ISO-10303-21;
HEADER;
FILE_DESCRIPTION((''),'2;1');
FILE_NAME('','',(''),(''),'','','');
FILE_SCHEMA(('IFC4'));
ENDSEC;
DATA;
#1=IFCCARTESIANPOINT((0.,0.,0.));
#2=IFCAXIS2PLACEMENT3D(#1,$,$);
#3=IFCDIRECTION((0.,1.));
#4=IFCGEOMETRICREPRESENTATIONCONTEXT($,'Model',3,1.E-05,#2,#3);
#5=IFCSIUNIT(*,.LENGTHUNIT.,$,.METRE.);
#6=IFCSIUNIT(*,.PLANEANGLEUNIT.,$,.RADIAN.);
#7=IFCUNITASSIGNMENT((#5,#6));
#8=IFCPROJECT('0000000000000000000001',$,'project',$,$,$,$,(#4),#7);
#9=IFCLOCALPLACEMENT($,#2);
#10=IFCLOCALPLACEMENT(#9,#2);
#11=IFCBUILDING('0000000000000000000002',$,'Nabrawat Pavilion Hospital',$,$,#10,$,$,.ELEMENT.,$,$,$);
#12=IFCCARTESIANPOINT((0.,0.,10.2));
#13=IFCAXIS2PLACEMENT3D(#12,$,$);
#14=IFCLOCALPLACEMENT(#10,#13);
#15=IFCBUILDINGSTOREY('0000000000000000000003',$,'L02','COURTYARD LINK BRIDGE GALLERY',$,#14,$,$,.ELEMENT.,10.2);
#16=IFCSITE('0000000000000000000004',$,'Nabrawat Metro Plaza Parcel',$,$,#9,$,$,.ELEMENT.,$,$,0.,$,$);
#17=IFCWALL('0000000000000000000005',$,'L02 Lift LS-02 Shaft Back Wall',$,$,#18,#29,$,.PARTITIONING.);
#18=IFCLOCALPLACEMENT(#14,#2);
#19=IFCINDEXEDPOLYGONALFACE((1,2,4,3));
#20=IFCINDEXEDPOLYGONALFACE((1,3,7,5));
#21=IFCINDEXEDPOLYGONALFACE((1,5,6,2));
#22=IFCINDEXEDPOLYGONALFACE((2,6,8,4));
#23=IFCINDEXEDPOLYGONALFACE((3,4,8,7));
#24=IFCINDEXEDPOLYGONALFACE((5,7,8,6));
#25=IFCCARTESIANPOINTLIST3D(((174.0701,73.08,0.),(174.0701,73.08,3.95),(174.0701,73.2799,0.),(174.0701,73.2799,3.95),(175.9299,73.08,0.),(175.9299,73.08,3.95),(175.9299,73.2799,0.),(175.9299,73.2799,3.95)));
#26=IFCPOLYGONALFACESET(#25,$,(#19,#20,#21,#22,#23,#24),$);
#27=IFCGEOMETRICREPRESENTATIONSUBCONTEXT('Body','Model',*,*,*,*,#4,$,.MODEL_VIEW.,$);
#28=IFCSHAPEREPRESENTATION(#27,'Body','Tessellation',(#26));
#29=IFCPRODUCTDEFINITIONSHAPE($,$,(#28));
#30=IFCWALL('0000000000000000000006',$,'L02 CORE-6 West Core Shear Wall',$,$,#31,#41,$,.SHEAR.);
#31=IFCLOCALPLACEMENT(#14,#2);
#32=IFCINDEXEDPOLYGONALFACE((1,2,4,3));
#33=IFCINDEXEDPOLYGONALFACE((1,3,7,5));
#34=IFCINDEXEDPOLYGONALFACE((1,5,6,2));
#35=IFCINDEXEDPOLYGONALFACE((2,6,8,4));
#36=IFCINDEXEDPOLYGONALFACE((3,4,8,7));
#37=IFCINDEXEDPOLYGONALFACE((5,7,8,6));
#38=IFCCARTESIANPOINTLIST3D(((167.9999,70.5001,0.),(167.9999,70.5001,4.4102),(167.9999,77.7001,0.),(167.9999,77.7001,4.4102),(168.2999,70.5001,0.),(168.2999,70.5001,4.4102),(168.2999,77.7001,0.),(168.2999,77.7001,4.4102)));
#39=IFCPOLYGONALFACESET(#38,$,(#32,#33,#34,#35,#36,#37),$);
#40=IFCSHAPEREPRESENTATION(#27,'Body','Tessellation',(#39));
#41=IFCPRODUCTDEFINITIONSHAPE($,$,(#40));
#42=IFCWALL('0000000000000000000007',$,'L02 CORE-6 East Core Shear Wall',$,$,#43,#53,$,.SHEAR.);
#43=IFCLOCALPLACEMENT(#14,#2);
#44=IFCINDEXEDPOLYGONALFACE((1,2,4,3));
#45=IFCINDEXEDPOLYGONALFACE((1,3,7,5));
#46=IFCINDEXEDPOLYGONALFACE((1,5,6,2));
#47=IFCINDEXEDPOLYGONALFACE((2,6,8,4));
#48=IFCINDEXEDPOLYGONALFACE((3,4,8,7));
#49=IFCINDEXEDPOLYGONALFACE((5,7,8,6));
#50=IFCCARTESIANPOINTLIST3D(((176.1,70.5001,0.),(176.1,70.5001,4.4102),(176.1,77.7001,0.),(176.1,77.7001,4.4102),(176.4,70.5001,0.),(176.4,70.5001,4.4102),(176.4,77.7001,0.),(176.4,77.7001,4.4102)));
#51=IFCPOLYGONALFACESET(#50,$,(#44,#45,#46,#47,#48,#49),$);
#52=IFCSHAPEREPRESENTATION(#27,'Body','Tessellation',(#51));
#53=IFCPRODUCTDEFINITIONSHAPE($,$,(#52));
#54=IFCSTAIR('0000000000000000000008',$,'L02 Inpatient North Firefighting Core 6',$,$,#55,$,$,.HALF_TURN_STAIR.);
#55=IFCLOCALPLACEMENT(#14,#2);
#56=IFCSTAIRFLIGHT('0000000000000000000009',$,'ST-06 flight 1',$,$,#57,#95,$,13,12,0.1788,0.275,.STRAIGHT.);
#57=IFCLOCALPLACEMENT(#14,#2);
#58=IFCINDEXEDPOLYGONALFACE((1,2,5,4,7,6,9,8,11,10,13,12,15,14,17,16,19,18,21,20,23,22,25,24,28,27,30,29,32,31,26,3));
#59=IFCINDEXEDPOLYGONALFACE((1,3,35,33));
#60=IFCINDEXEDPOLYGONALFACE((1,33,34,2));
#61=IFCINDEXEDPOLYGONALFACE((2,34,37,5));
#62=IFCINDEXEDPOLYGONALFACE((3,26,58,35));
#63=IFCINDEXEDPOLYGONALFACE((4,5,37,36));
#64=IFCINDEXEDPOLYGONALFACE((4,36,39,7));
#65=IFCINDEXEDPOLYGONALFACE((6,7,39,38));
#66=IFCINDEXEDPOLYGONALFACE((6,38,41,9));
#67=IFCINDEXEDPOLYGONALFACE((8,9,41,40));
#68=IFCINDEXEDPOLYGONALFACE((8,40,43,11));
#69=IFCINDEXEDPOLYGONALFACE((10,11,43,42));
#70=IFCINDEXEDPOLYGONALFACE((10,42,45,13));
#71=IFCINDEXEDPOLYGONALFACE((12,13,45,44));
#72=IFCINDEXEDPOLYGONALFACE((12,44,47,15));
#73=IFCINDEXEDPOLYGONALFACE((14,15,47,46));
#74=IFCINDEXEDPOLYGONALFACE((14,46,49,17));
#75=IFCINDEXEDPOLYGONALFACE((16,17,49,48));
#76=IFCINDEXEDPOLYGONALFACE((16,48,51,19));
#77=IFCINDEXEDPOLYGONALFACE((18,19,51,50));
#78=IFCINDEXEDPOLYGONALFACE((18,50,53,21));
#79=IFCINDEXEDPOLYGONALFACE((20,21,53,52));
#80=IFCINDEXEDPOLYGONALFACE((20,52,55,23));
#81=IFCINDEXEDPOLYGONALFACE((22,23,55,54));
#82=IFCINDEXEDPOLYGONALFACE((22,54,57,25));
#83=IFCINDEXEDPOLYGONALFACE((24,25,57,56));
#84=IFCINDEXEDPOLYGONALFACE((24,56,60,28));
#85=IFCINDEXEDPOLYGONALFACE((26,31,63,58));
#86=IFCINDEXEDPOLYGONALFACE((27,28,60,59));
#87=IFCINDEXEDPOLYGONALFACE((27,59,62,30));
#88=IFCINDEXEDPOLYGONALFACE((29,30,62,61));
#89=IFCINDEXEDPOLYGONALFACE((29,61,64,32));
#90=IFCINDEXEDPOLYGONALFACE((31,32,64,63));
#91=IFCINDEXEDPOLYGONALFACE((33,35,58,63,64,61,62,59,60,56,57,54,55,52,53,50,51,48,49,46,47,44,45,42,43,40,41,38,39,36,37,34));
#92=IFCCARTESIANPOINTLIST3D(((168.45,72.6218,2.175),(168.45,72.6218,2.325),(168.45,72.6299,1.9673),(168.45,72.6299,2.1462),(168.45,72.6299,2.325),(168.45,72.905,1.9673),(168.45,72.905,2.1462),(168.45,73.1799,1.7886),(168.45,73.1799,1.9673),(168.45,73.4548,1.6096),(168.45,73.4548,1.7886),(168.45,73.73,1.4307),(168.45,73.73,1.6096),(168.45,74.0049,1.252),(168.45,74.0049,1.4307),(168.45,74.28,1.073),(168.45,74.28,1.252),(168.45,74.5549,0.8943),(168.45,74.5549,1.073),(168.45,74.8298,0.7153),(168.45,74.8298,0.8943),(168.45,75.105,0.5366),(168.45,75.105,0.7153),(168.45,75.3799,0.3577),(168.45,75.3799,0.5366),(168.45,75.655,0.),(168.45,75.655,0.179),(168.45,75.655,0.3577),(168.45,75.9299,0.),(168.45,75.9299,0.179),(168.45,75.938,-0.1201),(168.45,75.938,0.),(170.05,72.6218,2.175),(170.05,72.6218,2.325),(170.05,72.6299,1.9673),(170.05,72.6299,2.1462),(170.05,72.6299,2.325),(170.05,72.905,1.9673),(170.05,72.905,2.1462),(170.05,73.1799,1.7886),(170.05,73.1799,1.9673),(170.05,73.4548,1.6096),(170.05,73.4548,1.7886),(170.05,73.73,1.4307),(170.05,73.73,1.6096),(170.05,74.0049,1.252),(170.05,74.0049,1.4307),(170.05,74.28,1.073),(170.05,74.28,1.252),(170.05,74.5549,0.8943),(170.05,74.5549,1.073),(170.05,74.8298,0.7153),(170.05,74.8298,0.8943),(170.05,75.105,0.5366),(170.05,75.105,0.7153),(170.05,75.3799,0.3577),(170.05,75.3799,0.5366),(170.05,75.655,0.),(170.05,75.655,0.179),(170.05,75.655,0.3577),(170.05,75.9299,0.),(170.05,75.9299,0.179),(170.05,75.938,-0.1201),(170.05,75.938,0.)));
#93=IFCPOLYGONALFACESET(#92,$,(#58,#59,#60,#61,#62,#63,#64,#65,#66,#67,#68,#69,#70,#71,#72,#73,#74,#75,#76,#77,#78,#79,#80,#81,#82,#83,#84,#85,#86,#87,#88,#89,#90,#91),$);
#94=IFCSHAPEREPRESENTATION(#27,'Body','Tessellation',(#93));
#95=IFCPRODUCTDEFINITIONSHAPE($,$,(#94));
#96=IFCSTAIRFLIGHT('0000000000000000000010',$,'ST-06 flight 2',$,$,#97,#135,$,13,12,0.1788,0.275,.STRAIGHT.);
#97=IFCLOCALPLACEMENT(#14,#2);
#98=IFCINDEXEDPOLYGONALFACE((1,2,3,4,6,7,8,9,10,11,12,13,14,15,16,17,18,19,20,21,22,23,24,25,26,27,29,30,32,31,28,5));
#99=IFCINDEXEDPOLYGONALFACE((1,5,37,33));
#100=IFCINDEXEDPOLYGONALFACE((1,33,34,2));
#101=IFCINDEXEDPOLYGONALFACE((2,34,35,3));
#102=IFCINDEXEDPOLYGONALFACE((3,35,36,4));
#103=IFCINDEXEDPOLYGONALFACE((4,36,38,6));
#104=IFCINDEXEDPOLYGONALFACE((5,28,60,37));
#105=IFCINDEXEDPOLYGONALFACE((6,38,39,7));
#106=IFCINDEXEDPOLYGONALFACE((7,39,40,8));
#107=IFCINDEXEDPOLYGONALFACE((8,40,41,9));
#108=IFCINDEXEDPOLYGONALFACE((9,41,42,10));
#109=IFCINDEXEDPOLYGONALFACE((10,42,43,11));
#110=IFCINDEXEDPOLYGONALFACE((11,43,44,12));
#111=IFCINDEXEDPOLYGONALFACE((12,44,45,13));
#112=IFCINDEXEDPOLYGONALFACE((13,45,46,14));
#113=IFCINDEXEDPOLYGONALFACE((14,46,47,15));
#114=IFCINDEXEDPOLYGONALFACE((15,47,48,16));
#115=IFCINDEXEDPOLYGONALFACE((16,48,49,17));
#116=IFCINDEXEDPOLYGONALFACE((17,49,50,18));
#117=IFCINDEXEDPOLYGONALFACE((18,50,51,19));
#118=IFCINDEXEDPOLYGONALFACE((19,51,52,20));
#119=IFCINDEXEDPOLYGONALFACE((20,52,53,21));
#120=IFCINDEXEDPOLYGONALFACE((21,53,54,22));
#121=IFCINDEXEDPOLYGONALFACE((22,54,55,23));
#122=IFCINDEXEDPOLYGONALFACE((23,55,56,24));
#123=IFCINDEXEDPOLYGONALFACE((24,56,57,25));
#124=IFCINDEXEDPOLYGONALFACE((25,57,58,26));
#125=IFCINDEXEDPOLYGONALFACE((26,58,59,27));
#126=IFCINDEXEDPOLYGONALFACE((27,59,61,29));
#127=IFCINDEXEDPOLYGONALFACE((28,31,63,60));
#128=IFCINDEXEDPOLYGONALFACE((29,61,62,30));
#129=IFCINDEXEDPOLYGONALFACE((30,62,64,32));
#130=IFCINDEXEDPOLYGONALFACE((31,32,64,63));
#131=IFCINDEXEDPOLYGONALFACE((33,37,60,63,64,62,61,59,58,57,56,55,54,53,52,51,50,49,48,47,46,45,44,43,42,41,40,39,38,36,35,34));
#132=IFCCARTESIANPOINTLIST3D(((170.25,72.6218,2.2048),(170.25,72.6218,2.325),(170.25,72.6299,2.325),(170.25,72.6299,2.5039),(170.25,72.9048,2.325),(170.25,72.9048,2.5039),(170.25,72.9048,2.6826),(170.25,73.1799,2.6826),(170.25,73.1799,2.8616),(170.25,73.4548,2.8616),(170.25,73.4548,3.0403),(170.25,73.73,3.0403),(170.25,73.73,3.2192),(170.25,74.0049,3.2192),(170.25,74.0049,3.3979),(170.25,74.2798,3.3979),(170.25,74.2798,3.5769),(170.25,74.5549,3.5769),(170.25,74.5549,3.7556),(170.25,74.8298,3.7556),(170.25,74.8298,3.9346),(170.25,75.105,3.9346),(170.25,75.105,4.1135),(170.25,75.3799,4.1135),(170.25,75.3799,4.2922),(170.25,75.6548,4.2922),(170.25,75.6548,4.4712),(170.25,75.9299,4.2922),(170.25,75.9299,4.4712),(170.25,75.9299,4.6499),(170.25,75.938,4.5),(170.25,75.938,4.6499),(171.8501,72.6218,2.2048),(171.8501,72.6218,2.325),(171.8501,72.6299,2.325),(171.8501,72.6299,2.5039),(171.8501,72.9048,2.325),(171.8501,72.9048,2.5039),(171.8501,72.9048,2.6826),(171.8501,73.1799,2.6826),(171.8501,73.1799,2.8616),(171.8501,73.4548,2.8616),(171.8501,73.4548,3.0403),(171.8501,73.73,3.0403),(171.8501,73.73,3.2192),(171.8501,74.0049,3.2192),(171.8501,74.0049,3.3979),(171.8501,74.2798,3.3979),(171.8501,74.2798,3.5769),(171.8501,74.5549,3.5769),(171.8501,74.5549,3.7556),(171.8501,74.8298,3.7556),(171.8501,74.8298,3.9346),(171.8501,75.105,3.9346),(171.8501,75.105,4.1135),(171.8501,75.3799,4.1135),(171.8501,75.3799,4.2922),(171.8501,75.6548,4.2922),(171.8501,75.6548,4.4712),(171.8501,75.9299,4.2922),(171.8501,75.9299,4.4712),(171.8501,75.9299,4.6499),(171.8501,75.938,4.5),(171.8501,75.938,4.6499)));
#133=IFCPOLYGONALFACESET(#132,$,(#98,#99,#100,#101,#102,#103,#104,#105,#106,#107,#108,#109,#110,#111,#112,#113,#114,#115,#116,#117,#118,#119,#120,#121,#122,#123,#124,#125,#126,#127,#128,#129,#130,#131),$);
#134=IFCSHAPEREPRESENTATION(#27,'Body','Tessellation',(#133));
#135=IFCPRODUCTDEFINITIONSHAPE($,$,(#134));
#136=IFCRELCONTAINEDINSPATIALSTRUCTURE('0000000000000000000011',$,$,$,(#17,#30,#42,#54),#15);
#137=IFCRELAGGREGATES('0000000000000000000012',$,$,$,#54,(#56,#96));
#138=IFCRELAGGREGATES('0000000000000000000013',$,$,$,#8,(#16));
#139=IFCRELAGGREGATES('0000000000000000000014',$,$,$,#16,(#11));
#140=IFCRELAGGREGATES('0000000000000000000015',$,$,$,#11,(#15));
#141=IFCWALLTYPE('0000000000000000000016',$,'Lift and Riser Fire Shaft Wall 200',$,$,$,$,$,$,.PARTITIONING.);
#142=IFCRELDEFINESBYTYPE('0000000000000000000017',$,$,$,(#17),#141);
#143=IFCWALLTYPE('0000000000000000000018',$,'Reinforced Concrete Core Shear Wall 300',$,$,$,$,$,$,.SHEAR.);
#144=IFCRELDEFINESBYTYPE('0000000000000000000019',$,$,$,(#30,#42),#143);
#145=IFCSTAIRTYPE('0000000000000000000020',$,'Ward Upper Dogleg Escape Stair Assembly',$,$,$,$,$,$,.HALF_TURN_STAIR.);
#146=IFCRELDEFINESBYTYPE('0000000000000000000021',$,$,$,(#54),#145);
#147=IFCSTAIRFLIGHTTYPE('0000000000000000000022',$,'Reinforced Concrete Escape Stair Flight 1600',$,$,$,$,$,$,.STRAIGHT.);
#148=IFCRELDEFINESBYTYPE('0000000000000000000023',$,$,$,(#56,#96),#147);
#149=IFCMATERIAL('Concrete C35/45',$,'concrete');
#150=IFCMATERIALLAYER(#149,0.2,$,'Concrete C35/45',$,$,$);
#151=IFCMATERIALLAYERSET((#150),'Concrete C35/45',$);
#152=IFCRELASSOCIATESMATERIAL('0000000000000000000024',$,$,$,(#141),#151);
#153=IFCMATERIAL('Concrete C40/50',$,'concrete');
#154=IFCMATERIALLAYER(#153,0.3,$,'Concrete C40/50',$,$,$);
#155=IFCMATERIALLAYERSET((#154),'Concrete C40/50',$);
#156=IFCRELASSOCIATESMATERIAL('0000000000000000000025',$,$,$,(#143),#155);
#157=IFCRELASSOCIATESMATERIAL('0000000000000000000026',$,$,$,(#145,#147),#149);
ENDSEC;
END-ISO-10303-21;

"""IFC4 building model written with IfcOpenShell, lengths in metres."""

from ifc_helpers import new_model, si_unit, direction, frame, frame_2d, origin, place, context, subcontext, project, spatial, polyline, rectangle, outline, extrude, material, layer, layer_set, type_object, element, aggregate, save


model = new_model("IFC4")

# Units and contexts
model_context = context("Model", 3, precision=1e-05, world=origin(), true_north=direction((0.0, 1.0)))
body_context = subcontext(model_context, "Body", "Model", "MODEL_VIEW")
ifc_project = project(units=[si_unit("LENGTHUNIT", "METRE"), si_unit("PLANEANGLEUNIT", "RADIAN")], contexts=[model_context])

# Site, building, storey
site_placement = place(None, origin())
site = spatial("IfcSite", under=ifc_project, at=site_placement, Name="Nabrawat Metro Plaza Parcel", CompositionType="ELEMENT", RefElevation=0.0)
building_placement = place(site_placement, origin())
building = spatial("IfcBuilding", under=site, at=building_placement, Name="Nabrawat Pavilion Hospital", CompositionType="ELEMENT")
storey_placement = place(building_placement, frame((0.0, 0.0, 10.2)))
storey = spatial("IfcBuildingStorey", under=building, at=storey_placement, Name="L02", Description="COURTYARD LINK BRIDGE GALLERY", CompositionType="ELEMENT", Elevation=10.2)

# Shared definitions
ifc_material_1 = material(Name="Concrete C35/45", Category="concrete")

# Walls
ifc_layer_1 = layer(ifc_material_1, 0.2, Name="Concrete C35/45")
ifc_layer_set_1 = layer_set([ifc_layer_1], Name="Concrete C35/45")
wall_type_1 = type_object("IfcWallType", Name="Lift and Riser Fire Shaft Wall 200", PredefinedType="PARTITIONING", material=ifc_layer_set_1)
wall_1_placement = place(storey_placement, frame((174.0701, 73.1799, 0.0), z_axis=(0.0, 0.0, 1.0), x_axis=(1.0, 0.0, 0.0)))
element("IfcWall", 1, at=wall_1_placement, inside=storey, type_object=wall_type_1, Name="L02 Lift LS-02 Shaft Back Wall", PredefinedType="PARTITIONING", context=body_context, shape_type="SweptSolid", body=[
    extrude(rectangle(XDim=1.8599, YDim=0.2, at=frame_2d((0.9299, 0.0))), origin(), (0.0, 0.0, 1.0), 3.95),
])
ifc_material_2 = material(Name="Concrete C40/50", Category="concrete")
ifc_layer_2 = layer(ifc_material_2, 0.3, Name="Concrete C40/50")
ifc_layer_set_2 = layer_set([ifc_layer_2], Name="Concrete C40/50")
wall_type_2 = type_object("IfcWallType", Name="Reinforced Concrete Core Shear Wall 300", PredefinedType="SHEAR", material=ifc_layer_set_2)
for number, where, z_axis, x_axis, name in (
    (2, (168.1499, 70.5, 0.0), (0.0, 0.0, 1.0), (0.0, 1.0, 0.0), "L02 CORE-6 West Core Shear Wall"),
    (3, (176.25, 70.5, 0.0), (0.0, 0.0, 1.0), (0.0, 1.0, 0.0), "L02 CORE-6 East Core Shear Wall"),
):
    element("IfcWall", number, at=place(storey_placement, frame(where, z_axis=z_axis, x_axis=x_axis)), inside=storey, type_object=wall_type_2, Name=name, PredefinedType="SHEAR", context=body_context, shape_type="SweptSolid", body=[
        extrude(rectangle(XDim=7.2, YDim=0.3, at=frame_2d((3.6001, 0.0))), origin(), (0.0, 0.0, 1.0), 4.4102),
    ])

# Stair, stair flights
stair_type = type_object("IfcStairType", Name="Ward Upper Dogleg Escape Stair Assembly", PredefinedType="HALF_TURN_STAIR", material=ifc_material_1)
stair_placement = place(storey_placement, origin())
stair = element("IfcStair", 4, at=stair_placement, inside=storey, type_object=stair_type, Name="L02 Inpatient North Firefighting Core 6", PredefinedType="HALF_TURN_STAIR")
stair_flight_type = type_object("IfcStairFlightType", Name="Reinforced Concrete Escape Stair Flight 1600", PredefinedType="STRAIGHT", material=ifc_material_1)
stair_flight_1_placement = place(storey_placement, frame((169.25, 75.9299, 0.0), z_axis=(0.0, 0.0, 1.0), x_axis=(0.0, -1.0, 0.0)))
stair_flight_1 = element("IfcStairFlight", 5, at=stair_flight_1_placement, type_object=stair_flight_type, Name="ST-06 flight 1", NumberOfRisers=13, NumberOfTreads=12, PredefinedType="STRAIGHT", RiserHeight=0.1788, TreadLength=0.275, context=body_context, shape_type="SweptSolid", body=[
    extrude(outline(polyline([(-0.0081, 0.0), (0.0, 0.0), (0.0, 0.179), (0.2749, 0.179), (0.2749, 0.3577), (0.55, 0.3577), (0.55, 0.5366), (0.825, 0.5366), (0.825, 0.7153), (1.1001, 0.7153), (1.1001, 0.8943), (1.375, 0.8943), (1.375, 1.073), (1.6499, 1.073), (1.6499, 1.252), (1.925, 1.252), (1.925, 1.4307), (2.2, 1.4307), (2.2, 1.6096), (2.4751, 1.6096), (2.4751, 1.7886), (2.75, 1.7886), (2.75, 1.9673), (3.0249, 1.9673), (3.0249, 2.1462), (3.3, 2.1462), (3.3, 2.325), (3.3081, 2.325), (3.3081, 2.175), (3.3, 1.9673), (0.2749, 0.0), (-0.0081, -0.1201), (-0.0081, 0.0)])), frame((0.0, 0.8, 0.0), z_axis=(0.0, -1.0, 0.0), x_axis=(1.0, 0.0, 0.0)), (0.0, 0.0, 1.0), 1.6001),
])
stair_flight_2_placement = place(storey_placement, frame((171.05, 72.6299, 2.325), z_axis=(0.0, 0.0, 1.0), x_axis=(0.0, 1.0, 0.0)))
stair_flight_2 = element("IfcStairFlight", 6, at=stair_flight_2_placement, type_object=stair_flight_type, Name="ST-06 flight 2", NumberOfRisers=13, NumberOfTreads=12, PredefinedType="STRAIGHT", RiserHeight=0.1788, TreadLength=0.275, context=body_context, shape_type="SweptSolid", body=[
    extrude(outline(polyline([(-0.0081, 0.0), (0.0, 0.0), (0.0, 0.179), (0.2749, 0.179), (0.2749, 0.3577), (0.55, 0.3577), (0.55, 0.5366), (0.825, 0.5366), (0.825, 0.7153), (1.1001, 0.7153), (1.1001, 0.8943), (1.375, 0.8943), (1.375, 1.073), (1.6499, 1.073), (1.6499, 1.252), (1.925, 1.252), (1.925, 1.4307), (2.2, 1.4307), (2.2, 1.6096), (2.4751, 1.6096), (2.4751, 1.7886), (2.75, 1.7886), (2.75, 1.9673), (3.0249, 1.9673), (3.0249, 2.1462), (3.3, 2.1462), (3.3, 2.325), (3.3081, 2.325), (3.3081, 2.175), (3.3, 1.9673), (0.2749, 0.0), (-0.0081, -0.1201), (-0.0081, 0.0)])), frame((0.0, 0.8, 0.0), z_axis=(0.0, -1.0, 0.0), x_axis=(1.0, 0.0, 0.0)), (0.0, 0.0, 1.0), 1.6001),
])
aggregate(stair, [stair_flight_1, stair_flight_2])

save(model, "model.ifc")
